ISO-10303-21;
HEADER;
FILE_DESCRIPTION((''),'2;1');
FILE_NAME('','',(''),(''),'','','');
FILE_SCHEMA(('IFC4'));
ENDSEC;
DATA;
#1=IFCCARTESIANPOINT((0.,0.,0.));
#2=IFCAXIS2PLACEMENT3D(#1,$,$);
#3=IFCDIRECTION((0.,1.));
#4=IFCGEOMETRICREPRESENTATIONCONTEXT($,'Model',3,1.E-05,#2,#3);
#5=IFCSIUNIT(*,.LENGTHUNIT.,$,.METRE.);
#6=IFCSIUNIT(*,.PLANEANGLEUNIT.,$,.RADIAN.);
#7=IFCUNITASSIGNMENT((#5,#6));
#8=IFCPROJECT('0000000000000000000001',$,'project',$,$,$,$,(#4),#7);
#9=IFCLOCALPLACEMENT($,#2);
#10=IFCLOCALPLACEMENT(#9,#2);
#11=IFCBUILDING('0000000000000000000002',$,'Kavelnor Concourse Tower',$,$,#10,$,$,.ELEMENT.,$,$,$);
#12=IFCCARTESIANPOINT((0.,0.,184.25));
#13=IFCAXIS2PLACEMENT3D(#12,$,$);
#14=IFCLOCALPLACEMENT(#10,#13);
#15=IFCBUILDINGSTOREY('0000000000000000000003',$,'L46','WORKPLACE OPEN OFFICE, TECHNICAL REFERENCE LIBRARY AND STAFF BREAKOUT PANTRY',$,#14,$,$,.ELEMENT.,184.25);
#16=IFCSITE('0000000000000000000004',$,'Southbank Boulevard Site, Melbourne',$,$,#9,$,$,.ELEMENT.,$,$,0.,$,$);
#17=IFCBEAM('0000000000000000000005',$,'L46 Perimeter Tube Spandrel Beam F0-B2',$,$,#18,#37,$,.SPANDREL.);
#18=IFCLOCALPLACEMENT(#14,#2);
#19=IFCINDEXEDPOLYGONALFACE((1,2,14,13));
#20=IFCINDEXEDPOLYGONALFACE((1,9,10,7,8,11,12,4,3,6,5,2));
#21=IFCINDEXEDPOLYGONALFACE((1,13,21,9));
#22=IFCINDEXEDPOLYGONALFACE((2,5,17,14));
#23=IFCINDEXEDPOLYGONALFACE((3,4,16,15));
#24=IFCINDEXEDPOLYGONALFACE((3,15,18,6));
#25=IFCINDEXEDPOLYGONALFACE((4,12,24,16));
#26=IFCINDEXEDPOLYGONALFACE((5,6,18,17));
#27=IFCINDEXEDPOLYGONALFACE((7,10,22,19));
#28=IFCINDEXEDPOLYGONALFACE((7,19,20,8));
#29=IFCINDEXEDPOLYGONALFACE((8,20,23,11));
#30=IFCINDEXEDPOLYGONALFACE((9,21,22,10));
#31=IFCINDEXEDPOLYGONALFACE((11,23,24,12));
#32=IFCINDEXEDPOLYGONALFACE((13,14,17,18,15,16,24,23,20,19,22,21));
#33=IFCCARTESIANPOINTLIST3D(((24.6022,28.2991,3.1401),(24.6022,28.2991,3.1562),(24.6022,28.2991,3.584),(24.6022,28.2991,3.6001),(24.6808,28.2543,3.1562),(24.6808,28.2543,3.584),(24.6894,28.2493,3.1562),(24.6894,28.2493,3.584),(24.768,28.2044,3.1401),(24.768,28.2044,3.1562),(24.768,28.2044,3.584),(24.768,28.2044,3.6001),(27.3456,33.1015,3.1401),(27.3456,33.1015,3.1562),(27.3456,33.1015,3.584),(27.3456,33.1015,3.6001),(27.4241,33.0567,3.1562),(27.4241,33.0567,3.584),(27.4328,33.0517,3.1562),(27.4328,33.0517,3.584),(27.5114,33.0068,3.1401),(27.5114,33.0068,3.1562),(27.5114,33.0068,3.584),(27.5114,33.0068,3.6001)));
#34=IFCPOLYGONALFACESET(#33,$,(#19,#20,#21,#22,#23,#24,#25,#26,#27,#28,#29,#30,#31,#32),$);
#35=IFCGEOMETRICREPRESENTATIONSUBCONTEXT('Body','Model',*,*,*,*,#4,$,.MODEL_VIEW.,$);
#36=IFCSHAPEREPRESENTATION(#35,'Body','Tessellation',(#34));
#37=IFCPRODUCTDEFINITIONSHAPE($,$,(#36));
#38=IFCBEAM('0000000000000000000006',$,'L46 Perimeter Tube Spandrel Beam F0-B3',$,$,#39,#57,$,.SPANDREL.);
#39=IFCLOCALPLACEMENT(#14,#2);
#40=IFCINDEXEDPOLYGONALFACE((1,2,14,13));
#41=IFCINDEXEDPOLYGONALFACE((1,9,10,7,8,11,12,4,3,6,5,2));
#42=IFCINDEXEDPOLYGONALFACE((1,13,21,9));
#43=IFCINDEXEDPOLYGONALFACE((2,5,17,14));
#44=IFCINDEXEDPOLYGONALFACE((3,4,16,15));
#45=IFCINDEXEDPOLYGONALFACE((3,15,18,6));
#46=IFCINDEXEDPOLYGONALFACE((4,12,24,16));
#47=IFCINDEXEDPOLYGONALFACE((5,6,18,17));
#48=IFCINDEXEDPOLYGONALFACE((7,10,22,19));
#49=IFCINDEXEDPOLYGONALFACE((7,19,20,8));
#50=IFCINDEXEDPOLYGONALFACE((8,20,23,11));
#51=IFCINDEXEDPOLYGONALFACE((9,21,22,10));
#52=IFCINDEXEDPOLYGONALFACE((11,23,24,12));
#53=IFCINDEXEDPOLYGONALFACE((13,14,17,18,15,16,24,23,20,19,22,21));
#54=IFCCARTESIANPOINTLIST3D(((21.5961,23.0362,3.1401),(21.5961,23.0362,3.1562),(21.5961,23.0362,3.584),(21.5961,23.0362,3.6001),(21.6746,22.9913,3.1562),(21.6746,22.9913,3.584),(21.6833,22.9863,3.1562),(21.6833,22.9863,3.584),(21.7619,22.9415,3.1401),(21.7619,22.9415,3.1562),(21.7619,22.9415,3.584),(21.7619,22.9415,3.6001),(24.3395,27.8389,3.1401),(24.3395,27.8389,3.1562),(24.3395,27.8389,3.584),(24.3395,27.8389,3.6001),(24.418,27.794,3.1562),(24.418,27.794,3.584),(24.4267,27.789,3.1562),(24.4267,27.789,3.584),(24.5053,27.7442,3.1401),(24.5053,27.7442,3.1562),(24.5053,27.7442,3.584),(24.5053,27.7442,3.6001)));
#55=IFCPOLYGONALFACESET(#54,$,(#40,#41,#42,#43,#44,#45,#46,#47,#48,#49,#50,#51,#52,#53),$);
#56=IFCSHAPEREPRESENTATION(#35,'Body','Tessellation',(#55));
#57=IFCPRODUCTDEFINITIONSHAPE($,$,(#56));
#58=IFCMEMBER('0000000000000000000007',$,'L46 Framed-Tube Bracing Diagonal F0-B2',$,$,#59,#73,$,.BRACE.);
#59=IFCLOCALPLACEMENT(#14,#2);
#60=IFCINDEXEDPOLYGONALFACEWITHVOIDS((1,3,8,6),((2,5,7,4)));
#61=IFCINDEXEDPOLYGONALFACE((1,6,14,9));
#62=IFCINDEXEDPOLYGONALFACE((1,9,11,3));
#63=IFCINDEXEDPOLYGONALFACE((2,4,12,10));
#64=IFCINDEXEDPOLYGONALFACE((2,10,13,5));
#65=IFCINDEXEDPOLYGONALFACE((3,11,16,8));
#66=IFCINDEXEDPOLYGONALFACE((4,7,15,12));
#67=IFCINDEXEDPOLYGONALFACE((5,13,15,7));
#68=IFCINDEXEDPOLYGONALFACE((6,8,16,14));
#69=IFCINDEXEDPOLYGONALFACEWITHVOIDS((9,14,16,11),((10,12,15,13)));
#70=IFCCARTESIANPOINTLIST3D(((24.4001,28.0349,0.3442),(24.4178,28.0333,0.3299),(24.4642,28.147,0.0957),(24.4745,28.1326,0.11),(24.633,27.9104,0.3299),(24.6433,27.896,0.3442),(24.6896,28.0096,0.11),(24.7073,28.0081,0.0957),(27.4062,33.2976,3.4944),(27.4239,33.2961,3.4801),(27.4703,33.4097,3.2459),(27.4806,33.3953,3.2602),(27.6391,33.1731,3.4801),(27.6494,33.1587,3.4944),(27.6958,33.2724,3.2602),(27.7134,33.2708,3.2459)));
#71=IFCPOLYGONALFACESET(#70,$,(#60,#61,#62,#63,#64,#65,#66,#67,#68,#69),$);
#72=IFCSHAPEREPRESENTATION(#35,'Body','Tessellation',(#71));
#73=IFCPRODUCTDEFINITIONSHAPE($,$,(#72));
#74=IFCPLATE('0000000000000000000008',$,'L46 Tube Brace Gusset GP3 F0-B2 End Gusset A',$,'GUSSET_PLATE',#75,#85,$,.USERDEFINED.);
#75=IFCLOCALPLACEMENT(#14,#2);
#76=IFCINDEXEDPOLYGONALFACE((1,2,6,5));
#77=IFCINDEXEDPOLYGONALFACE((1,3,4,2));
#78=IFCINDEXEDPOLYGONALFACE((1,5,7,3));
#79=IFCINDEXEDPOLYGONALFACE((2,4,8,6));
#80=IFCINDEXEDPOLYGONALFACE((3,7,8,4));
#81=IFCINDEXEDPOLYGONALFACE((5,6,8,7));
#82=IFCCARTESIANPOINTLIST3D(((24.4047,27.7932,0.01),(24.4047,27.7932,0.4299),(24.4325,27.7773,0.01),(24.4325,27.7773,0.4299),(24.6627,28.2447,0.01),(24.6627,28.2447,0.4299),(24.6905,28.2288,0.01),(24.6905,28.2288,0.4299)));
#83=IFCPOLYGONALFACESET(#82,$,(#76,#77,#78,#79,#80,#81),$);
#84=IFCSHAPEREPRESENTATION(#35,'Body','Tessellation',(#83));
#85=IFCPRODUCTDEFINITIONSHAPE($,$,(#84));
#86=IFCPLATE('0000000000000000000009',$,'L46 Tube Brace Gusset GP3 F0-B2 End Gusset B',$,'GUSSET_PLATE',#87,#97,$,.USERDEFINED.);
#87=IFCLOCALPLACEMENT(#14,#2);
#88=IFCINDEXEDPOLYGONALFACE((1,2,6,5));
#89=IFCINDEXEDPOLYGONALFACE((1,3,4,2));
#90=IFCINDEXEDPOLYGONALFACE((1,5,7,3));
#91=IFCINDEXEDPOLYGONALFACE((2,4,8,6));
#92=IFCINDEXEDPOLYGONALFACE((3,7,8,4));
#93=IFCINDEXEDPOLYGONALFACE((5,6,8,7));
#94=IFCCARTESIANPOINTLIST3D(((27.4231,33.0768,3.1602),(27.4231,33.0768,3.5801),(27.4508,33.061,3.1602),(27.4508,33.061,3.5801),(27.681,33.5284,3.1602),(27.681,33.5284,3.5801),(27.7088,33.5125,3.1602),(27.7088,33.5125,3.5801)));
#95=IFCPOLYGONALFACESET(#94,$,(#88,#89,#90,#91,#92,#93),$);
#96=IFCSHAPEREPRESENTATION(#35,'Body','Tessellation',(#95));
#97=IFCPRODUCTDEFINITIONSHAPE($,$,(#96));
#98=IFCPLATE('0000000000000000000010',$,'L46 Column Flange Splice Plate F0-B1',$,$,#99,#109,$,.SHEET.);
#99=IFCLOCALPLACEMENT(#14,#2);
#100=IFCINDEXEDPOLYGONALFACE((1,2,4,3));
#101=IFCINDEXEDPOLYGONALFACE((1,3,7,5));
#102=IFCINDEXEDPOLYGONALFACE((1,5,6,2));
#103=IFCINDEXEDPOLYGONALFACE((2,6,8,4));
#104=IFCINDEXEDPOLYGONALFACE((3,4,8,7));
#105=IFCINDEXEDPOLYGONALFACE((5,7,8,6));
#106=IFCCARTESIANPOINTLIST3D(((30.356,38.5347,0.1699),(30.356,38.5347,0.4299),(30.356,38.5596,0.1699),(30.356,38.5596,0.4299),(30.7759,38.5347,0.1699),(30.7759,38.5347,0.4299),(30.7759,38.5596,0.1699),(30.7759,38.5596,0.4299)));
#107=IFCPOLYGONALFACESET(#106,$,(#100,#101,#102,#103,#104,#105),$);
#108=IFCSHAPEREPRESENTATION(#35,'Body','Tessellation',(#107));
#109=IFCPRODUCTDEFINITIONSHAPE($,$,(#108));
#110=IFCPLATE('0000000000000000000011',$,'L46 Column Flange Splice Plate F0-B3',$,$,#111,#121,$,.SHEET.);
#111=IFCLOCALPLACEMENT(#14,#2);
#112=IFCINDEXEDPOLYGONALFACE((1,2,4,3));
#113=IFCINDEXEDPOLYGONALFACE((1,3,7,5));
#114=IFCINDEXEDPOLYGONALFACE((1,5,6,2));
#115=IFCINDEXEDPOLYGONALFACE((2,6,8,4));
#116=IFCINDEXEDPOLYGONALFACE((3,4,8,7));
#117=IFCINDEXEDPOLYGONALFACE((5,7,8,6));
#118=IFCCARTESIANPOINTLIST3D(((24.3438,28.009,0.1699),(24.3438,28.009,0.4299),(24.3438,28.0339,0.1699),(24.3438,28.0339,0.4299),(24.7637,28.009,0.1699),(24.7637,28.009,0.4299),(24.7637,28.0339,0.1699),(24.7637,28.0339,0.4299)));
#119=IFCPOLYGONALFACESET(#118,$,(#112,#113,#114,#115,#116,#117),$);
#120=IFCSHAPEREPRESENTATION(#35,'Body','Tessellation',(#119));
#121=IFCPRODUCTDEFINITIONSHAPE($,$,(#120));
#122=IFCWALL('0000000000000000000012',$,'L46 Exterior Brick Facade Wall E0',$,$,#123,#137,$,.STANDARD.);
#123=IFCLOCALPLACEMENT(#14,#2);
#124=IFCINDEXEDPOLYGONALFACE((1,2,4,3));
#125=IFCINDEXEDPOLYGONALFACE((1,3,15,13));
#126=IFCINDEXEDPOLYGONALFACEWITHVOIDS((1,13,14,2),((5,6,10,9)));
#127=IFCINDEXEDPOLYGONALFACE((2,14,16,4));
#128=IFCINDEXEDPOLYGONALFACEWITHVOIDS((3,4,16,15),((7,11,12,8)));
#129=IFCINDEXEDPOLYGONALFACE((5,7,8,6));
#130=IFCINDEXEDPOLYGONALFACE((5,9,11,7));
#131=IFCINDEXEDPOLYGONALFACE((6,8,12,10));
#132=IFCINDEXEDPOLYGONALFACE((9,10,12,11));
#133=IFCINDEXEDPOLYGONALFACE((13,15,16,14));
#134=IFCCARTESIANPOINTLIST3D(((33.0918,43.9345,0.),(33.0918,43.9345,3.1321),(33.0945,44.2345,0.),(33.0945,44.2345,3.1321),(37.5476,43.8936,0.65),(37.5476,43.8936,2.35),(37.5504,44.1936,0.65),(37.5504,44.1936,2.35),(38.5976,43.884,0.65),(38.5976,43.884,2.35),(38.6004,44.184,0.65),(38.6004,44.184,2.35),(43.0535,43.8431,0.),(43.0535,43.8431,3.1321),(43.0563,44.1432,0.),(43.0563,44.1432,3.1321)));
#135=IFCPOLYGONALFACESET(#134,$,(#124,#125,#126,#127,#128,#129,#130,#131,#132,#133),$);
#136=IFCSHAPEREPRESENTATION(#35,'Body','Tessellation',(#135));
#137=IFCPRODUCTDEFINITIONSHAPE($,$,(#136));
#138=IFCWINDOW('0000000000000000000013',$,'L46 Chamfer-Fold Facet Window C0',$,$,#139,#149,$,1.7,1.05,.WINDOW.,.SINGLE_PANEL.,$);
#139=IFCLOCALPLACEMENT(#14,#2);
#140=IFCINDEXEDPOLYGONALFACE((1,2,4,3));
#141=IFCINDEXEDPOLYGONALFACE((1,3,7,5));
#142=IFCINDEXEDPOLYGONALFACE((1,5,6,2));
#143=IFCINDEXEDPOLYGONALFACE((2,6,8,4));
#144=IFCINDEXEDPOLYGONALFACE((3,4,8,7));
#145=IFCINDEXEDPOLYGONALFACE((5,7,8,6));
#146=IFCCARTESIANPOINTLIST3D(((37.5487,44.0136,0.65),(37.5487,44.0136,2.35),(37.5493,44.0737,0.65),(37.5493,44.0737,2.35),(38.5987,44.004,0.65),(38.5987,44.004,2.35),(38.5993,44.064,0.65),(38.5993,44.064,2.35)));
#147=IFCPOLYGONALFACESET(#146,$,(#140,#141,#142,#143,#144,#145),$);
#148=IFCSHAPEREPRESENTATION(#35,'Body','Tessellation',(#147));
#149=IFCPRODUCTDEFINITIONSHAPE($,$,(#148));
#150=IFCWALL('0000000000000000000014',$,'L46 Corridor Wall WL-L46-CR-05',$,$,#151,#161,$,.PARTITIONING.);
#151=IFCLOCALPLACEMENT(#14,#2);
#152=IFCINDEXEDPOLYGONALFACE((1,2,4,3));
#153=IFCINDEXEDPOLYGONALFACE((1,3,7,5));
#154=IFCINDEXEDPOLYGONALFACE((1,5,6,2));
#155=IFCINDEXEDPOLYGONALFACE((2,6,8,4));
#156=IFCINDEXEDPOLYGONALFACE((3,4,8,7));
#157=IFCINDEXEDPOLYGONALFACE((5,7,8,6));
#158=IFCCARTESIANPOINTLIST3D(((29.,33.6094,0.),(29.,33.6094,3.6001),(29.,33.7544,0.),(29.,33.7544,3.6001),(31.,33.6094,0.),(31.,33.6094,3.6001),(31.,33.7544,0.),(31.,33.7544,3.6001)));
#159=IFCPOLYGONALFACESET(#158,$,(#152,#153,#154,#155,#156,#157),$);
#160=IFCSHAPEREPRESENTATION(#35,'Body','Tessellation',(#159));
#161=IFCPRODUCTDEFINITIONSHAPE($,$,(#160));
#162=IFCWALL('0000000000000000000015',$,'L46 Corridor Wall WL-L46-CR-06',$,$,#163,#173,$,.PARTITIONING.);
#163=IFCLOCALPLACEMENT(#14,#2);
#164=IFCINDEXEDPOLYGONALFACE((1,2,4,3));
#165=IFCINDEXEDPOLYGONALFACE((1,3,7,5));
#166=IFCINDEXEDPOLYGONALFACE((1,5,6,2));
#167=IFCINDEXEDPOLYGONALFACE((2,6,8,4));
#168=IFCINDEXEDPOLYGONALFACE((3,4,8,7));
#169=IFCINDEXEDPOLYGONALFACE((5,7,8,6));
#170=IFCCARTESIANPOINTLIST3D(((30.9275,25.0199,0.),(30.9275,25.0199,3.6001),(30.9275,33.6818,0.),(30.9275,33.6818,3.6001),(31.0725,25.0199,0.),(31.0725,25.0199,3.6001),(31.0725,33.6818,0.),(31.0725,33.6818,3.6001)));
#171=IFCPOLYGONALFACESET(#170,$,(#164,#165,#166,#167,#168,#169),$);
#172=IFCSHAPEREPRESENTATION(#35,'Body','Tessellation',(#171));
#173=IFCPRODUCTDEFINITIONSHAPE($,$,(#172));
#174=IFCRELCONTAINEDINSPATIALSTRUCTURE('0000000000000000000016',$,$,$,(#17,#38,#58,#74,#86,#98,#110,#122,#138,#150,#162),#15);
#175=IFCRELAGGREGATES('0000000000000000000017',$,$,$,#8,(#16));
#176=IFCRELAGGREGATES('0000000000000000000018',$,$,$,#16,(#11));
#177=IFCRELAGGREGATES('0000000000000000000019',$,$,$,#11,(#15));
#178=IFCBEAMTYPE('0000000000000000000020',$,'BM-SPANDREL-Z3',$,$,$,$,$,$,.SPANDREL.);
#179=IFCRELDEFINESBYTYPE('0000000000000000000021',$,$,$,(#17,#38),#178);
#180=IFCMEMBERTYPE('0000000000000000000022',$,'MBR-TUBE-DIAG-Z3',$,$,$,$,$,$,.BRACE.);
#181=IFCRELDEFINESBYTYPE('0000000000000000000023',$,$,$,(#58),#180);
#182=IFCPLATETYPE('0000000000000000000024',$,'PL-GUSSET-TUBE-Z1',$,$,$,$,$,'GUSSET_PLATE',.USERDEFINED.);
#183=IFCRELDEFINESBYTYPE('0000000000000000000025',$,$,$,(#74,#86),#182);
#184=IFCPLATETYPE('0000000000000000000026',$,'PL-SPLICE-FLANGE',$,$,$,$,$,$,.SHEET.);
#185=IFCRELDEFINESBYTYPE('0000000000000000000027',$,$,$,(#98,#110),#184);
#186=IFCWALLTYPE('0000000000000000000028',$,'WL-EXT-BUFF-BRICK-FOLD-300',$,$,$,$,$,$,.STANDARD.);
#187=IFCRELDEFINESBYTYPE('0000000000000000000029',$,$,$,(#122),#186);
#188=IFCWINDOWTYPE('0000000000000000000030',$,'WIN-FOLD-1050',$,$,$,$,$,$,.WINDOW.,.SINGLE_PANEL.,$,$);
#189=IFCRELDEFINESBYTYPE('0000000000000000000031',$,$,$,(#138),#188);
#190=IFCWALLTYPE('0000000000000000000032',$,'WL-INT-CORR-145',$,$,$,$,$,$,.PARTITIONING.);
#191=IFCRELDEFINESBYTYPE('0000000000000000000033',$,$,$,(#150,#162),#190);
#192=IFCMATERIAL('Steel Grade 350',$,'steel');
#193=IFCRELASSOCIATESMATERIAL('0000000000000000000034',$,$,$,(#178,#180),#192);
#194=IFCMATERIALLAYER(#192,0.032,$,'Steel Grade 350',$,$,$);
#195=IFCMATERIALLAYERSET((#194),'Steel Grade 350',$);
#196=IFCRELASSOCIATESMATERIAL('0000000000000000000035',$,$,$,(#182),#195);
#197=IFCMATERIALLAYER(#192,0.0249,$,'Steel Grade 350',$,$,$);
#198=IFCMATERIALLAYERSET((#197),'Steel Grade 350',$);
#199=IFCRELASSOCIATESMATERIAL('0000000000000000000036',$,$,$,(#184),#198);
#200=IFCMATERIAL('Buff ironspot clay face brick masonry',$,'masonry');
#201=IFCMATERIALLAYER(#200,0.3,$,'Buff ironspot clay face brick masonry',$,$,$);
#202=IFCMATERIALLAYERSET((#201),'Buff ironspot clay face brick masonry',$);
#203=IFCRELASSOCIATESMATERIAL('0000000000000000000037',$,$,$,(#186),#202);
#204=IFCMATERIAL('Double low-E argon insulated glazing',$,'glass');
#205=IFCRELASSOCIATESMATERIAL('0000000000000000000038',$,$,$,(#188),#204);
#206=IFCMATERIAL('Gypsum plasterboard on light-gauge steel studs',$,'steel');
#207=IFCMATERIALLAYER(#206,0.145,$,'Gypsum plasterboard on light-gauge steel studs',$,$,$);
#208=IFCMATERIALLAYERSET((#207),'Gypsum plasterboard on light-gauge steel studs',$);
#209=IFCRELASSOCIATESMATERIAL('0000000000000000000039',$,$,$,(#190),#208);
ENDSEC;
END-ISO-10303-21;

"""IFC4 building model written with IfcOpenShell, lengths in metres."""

from ifc_helpers import new_model, si_unit, direction, frame, frame_2d, origin, origin_2d, place, context, subcontext, project, spatial, rectangle, hollow_rectangle, i_section, extrude, material, layer, layer_set, material_profile, profile_set, type_object, element, fill, save


model = new_model("IFC4")

# Units and contexts
model_context = context("Model", 3, precision=1e-05, world=origin(), true_north=direction((0.0, 1.0)))
body_context = subcontext(model_context, "Body", "Model", "MODEL_VIEW")
ifc_project = project(units=[si_unit("LENGTHUNIT", "METRE"), si_unit("PLANEANGLEUNIT", "RADIAN")], contexts=[model_context])

# Site, building, storey
site_placement = place(None, origin())
site = spatial("IfcSite", under=ifc_project, at=site_placement, Name="Southbank Boulevard Site, Melbourne", CompositionType="ELEMENT", RefElevation=0.0)
building_placement = place(site_placement, origin())
building = spatial("IfcBuilding", under=site, at=building_placement, Name="Kavelnor Concourse Tower", CompositionType="ELEMENT")
storey_placement = place(building_placement, frame((0.0, 0.0, 184.25)))
storey = spatial("IfcBuildingStorey", under=building, at=storey_placement, Name="L46", Description="WORKPLACE OPEN OFFICE, TECHNICAL REFERENCE LIBRARY AND STAFF BREAKOUT PANTRY", CompositionType="ELEMENT", Elevation=184.25)

# Shared definitions
ifc_material_1 = material(Name="Steel Grade 350", Category="steel")

# Beams
ifc_material_profile_1 = material_profile(ifc_material_1, i_section(OverallWidth=0.1909, OverallDepth=0.46, WebThickness=0.01, FlangeThickness=0.0161, at=origin_2d()), Name="460UB82")
ifc_profile_set_1 = profile_set([ifc_material_profile_1], Name="Steel Grade 350")
beam_type_1 = type_object("IfcBeamType", Name="BM-SPANDREL-Z3", PredefinedType="SPANDREL", material=ifc_profile_set_1)
beam_1_placement = place(storey_placement, frame((27.4285, 33.0542, 3.3701), z_axis=(-0.49602, -0.868311, 0.0), x_axis=(0.868311, -0.49602, 0.0)))
element("IfcBeam", 1, at=beam_1_placement, inside=storey, type_object=beam_type_1, Name="L46 Perimeter Tube Spandrel Beam F0-B2", PredefinedType="SPANDREL", context=body_context, shape_type="SweptSolid", body=[
    extrude(i_section(OverallWidth=0.1909, OverallDepth=0.46, WebThickness=0.01, FlangeThickness=0.0161, at=origin_2d()), origin(), (0.0, 0.0, 1.0), 5.5308),
])
beam_2_placement = place(storey_placement, frame((24.4224, 27.7915, 3.3701), z_axis=(-0.496001, -0.868322, 0.0), x_axis=(0.868322, -0.496001, 0.0)))
element("IfcBeam", 2, at=beam_2_placement, inside=storey, type_object=beam_type_1, Name="L46 Perimeter Tube Spandrel Beam F0-B3", PredefinedType="SPANDREL", context=body_context, shape_type="SweptSolid", body=[
    extrude(i_section(OverallWidth=0.1909, OverallDepth=0.46, WebThickness=0.01, FlangeThickness=0.0161, at=origin_2d()), origin(), (0.0, 0.0, 1.0), 5.531),
])

# Member
ifc_material_profile_2 = material_profile(ifc_material_1, hollow_rectangle(XDim=0.28, YDim=0.28, WallThickness=0.0161, at=origin_2d()), Name="SHS 280x280x16")
ifc_profile_set_2 = profile_set([ifc_material_profile_2], Name="Steel Grade 350")
member_type = type_object("IfcMemberType", Name="MBR-TUBE-DIAG-Z3", PredefinedType="BRACE", material=ifc_profile_set_2)
member_placement = place(storey_placement, frame((24.5537, 28.0215, 0.22), z_axis=(0.440099, 0.770467, 0.461187), x_axis=(-0.868325, 0.495996, 0.0)))
element("IfcMember", 3, at=member_placement, inside=storey, type_object=member_type, Name="L46 Framed-Tube Bracing Diagonal F0-B2", PredefinedType="BRACE", context=body_context, shape_type="SweptSolid", body=[
    extrude(hollow_rectangle(XDim=0.28, YDim=0.28, WallThickness=0.0161, at=origin_2d()), origin(), (0.0, 0.0, 1.0), 6.8306),
])

# Plates
ifc_layer_1 = layer(ifc_material_1, 0.032, Name="Steel Grade 350")
ifc_layer_set_1 = layer_set([ifc_layer_1], Name="Steel Grade 350")
plate_type_1 = type_object("IfcPlateType", Name="PL-GUSSET-TUBE-Z1", ElementType="GUSSET_PLATE", PredefinedType="USERDEFINED", material=ifc_layer_set_1)
for number, where, z_axis, x_axis, name in (
    (4, (24.5476, 28.011, 0.01), (0.0, 0.0, 1.0), (0.496065, 0.868285, 0.0), "L46 Tube Brace Gusset GP3 F0-B2 End Gusset A"),
    (5, (27.5659, 33.2947, 3.1602), (0.0, 0.0, 1.0), (0.496065, 0.868285, 0.0), "L46 Tube Brace Gusset GP3 F0-B2 End Gusset B"),
):
    element("IfcPlate", number, at=place(storey_placement, frame(where, z_axis=z_axis, x_axis=x_axis)), inside=storey, type_object=plate_type_1, Name=name, ObjectType="GUSSET_PLATE", PredefinedType="USERDEFINED", context=body_context, shape_type="SweptSolid", body=[
        extrude(rectangle(XDim=0.52, YDim=0.032, at=origin_2d()), origin(), (0.0, 0.0, 1.0), 0.4199),
    ])
ifc_layer_2 = layer(ifc_material_1, 0.0249, Name="Steel Grade 350")
ifc_layer_set_2 = layer_set([ifc_layer_2], Name="Steel Grade 350")
plate_type_2 = type_object("IfcPlateType", Name="PL-SPLICE-FLANGE", PredefinedType="SHEET", material=ifc_layer_set_2)
for number, where, z_axis, x_axis, name in (
    (6, (30.5659, 38.5471, 0.1699), (0.0, 0.0, 1.0), (1.0, 0.0, 0.0), "L46 Column Flange Splice Plate F0-B1"),
    (7, (24.5537, 28.0215, 0.1699), (0.0, 0.0, 1.0), (1.0, 0.0, 0.0), "L46 Column Flange Splice Plate F0-B3"),
):
    element("IfcPlate", number, at=place(storey_placement, frame(where, z_axis=z_axis, x_axis=x_axis)), inside=storey, type_object=plate_type_2, Name=name, PredefinedType="SHEET", context=body_context, shape_type="SweptSolid", body=[
        extrude(rectangle(XDim=0.4199, YDim=0.0249, at=origin_2d()), origin(), (0.0, 0.0, 1.0), 0.26),
    ])

# Wall, opening, window
ifc_material_2 = material(Name="Buff ironspot clay face brick masonry", Category="masonry")
ifc_layer_3 = layer(ifc_material_2, 0.3, Name="Buff ironspot clay face brick masonry")
ifc_layer_set_3 = layer_set([ifc_layer_3], Name="Buff ironspot clay face brick masonry")
wall_type_1 = type_object("IfcWallType", Name="WL-EXT-BUFF-BRICK-FOLD-300", PredefinedType="STANDARD", material=ifc_layer_set_3)
wall_1_placement = place(storey_placement, frame((33.0933, 44.0845, 0.0), z_axis=(0.0, 0.0, 1.0), x_axis=(0.999958, -0.009166, 0.0)))
wall_1 = element("IfcWall", 8, at=wall_1_placement, inside=storey, type_object=wall_type_1, Name="L46 Exterior Brick Facade Wall E0", PredefinedType="STANDARD", context=body_context, shape_type="SweptSolid", body=[
    extrude(rectangle(XDim=9.9622, YDim=0.3, at=frame_2d((4.981, 0.0))), origin(), (0.0, 0.0, 1.0), 3.1321),
])
opening_1_placement = place(wall_1_placement, frame((4.4561, 0.0, 0.6499)))
opening_1 = element("IfcOpeningElement", 9, at=opening_1_placement, cuts=wall_1, PredefinedType="OPENING", context=body_context, shape_type="SweptSolid", body=[
    extrude(rectangle(XDim=1.05, YDim=1.7, at=frame_2d((0.5249, 0.8501))), frame((0.0, 0.1602, 0.0), z_axis=(0.0, -1.0, 0.0), x_axis=(1.0, 0.0, 0.0)), (0.0, 0.0, 1.0), 0.3201),
])
ifc_material_3 = material(Name="Double low-E argon insulated glazing", Category="glass")
window_type = type_object("IfcWindowType", Name="WIN-FOLD-1050", PartitioningType="SINGLE_PANEL", PredefinedType="WINDOW", material=ifc_material_3)
window_placement = place(opening_1_placement, origin())
window = element("IfcWindow", 10, at=window_placement, inside=storey, type_object=window_type, Name="L46 Chamfer-Fold Facet Window C0", OverallHeight=1.7, OverallWidth=1.05, PartitioningType="SINGLE_PANEL", PredefinedType="WINDOW", context=body_context, shape_type="SweptSolid", body=[
    extrude(rectangle(XDim=1.05, YDim=1.7, at=frame_2d((0.5249, 0.8501))), frame((0.0, 0.03, 0.0), z_axis=(0.0, -1.0, 0.0), x_axis=(1.0, 0.0, 0.0)), (0.0, 0.0, 1.0), 0.0601),
])
fill(opening_1, window)

# Walls
ifc_material_4 = material(Name="Gypsum plasterboard on light-gauge steel studs", Category="steel")
ifc_layer_4 = layer(ifc_material_4, 0.145, Name="Gypsum plasterboard on light-gauge steel studs")
ifc_layer_set_4 = layer_set([ifc_layer_4], Name="Gypsum plasterboard on light-gauge steel studs")
wall_type_2 = type_object("IfcWallType", Name="WL-INT-CORR-145", PredefinedType="PARTITIONING", material=ifc_layer_set_4)
wall_2_placement = place(storey_placement, frame((29.0, 33.6819, 0.0), z_axis=(0.0, 0.0, 1.0), x_axis=(1.0, 0.0, 0.0)))
element("IfcWall", 11, at=wall_2_placement, inside=storey, type_object=wall_type_2, Name="L46 Corridor Wall WL-L46-CR-05", PredefinedType="PARTITIONING", context=body_context, shape_type="SweptSolid", body=[
    extrude(rectangle(XDim=2.0, YDim=0.145, at=frame_2d((1.0, 0.0))), origin(), (0.0, 0.0, 1.0), 3.6001),
])
wall_3_placement = place(storey_placement, frame((31.0, 33.6819, 0.0), z_axis=(0.0, 0.0, 1.0), x_axis=(0.0, -1.0, 0.0)))
element("IfcWall", 12, at=wall_3_placement, inside=storey, type_object=wall_type_2, Name="L46 Corridor Wall WL-L46-CR-06", PredefinedType="PARTITIONING", context=body_context, shape_type="SweptSolid", body=[
    extrude(rectangle(XDim=8.6619, YDim=0.145, at=frame_2d((4.3311, 0.0))), origin(), (0.0, 0.0, 1.0), 3.6001),
])

save(model, "model.ifc")
